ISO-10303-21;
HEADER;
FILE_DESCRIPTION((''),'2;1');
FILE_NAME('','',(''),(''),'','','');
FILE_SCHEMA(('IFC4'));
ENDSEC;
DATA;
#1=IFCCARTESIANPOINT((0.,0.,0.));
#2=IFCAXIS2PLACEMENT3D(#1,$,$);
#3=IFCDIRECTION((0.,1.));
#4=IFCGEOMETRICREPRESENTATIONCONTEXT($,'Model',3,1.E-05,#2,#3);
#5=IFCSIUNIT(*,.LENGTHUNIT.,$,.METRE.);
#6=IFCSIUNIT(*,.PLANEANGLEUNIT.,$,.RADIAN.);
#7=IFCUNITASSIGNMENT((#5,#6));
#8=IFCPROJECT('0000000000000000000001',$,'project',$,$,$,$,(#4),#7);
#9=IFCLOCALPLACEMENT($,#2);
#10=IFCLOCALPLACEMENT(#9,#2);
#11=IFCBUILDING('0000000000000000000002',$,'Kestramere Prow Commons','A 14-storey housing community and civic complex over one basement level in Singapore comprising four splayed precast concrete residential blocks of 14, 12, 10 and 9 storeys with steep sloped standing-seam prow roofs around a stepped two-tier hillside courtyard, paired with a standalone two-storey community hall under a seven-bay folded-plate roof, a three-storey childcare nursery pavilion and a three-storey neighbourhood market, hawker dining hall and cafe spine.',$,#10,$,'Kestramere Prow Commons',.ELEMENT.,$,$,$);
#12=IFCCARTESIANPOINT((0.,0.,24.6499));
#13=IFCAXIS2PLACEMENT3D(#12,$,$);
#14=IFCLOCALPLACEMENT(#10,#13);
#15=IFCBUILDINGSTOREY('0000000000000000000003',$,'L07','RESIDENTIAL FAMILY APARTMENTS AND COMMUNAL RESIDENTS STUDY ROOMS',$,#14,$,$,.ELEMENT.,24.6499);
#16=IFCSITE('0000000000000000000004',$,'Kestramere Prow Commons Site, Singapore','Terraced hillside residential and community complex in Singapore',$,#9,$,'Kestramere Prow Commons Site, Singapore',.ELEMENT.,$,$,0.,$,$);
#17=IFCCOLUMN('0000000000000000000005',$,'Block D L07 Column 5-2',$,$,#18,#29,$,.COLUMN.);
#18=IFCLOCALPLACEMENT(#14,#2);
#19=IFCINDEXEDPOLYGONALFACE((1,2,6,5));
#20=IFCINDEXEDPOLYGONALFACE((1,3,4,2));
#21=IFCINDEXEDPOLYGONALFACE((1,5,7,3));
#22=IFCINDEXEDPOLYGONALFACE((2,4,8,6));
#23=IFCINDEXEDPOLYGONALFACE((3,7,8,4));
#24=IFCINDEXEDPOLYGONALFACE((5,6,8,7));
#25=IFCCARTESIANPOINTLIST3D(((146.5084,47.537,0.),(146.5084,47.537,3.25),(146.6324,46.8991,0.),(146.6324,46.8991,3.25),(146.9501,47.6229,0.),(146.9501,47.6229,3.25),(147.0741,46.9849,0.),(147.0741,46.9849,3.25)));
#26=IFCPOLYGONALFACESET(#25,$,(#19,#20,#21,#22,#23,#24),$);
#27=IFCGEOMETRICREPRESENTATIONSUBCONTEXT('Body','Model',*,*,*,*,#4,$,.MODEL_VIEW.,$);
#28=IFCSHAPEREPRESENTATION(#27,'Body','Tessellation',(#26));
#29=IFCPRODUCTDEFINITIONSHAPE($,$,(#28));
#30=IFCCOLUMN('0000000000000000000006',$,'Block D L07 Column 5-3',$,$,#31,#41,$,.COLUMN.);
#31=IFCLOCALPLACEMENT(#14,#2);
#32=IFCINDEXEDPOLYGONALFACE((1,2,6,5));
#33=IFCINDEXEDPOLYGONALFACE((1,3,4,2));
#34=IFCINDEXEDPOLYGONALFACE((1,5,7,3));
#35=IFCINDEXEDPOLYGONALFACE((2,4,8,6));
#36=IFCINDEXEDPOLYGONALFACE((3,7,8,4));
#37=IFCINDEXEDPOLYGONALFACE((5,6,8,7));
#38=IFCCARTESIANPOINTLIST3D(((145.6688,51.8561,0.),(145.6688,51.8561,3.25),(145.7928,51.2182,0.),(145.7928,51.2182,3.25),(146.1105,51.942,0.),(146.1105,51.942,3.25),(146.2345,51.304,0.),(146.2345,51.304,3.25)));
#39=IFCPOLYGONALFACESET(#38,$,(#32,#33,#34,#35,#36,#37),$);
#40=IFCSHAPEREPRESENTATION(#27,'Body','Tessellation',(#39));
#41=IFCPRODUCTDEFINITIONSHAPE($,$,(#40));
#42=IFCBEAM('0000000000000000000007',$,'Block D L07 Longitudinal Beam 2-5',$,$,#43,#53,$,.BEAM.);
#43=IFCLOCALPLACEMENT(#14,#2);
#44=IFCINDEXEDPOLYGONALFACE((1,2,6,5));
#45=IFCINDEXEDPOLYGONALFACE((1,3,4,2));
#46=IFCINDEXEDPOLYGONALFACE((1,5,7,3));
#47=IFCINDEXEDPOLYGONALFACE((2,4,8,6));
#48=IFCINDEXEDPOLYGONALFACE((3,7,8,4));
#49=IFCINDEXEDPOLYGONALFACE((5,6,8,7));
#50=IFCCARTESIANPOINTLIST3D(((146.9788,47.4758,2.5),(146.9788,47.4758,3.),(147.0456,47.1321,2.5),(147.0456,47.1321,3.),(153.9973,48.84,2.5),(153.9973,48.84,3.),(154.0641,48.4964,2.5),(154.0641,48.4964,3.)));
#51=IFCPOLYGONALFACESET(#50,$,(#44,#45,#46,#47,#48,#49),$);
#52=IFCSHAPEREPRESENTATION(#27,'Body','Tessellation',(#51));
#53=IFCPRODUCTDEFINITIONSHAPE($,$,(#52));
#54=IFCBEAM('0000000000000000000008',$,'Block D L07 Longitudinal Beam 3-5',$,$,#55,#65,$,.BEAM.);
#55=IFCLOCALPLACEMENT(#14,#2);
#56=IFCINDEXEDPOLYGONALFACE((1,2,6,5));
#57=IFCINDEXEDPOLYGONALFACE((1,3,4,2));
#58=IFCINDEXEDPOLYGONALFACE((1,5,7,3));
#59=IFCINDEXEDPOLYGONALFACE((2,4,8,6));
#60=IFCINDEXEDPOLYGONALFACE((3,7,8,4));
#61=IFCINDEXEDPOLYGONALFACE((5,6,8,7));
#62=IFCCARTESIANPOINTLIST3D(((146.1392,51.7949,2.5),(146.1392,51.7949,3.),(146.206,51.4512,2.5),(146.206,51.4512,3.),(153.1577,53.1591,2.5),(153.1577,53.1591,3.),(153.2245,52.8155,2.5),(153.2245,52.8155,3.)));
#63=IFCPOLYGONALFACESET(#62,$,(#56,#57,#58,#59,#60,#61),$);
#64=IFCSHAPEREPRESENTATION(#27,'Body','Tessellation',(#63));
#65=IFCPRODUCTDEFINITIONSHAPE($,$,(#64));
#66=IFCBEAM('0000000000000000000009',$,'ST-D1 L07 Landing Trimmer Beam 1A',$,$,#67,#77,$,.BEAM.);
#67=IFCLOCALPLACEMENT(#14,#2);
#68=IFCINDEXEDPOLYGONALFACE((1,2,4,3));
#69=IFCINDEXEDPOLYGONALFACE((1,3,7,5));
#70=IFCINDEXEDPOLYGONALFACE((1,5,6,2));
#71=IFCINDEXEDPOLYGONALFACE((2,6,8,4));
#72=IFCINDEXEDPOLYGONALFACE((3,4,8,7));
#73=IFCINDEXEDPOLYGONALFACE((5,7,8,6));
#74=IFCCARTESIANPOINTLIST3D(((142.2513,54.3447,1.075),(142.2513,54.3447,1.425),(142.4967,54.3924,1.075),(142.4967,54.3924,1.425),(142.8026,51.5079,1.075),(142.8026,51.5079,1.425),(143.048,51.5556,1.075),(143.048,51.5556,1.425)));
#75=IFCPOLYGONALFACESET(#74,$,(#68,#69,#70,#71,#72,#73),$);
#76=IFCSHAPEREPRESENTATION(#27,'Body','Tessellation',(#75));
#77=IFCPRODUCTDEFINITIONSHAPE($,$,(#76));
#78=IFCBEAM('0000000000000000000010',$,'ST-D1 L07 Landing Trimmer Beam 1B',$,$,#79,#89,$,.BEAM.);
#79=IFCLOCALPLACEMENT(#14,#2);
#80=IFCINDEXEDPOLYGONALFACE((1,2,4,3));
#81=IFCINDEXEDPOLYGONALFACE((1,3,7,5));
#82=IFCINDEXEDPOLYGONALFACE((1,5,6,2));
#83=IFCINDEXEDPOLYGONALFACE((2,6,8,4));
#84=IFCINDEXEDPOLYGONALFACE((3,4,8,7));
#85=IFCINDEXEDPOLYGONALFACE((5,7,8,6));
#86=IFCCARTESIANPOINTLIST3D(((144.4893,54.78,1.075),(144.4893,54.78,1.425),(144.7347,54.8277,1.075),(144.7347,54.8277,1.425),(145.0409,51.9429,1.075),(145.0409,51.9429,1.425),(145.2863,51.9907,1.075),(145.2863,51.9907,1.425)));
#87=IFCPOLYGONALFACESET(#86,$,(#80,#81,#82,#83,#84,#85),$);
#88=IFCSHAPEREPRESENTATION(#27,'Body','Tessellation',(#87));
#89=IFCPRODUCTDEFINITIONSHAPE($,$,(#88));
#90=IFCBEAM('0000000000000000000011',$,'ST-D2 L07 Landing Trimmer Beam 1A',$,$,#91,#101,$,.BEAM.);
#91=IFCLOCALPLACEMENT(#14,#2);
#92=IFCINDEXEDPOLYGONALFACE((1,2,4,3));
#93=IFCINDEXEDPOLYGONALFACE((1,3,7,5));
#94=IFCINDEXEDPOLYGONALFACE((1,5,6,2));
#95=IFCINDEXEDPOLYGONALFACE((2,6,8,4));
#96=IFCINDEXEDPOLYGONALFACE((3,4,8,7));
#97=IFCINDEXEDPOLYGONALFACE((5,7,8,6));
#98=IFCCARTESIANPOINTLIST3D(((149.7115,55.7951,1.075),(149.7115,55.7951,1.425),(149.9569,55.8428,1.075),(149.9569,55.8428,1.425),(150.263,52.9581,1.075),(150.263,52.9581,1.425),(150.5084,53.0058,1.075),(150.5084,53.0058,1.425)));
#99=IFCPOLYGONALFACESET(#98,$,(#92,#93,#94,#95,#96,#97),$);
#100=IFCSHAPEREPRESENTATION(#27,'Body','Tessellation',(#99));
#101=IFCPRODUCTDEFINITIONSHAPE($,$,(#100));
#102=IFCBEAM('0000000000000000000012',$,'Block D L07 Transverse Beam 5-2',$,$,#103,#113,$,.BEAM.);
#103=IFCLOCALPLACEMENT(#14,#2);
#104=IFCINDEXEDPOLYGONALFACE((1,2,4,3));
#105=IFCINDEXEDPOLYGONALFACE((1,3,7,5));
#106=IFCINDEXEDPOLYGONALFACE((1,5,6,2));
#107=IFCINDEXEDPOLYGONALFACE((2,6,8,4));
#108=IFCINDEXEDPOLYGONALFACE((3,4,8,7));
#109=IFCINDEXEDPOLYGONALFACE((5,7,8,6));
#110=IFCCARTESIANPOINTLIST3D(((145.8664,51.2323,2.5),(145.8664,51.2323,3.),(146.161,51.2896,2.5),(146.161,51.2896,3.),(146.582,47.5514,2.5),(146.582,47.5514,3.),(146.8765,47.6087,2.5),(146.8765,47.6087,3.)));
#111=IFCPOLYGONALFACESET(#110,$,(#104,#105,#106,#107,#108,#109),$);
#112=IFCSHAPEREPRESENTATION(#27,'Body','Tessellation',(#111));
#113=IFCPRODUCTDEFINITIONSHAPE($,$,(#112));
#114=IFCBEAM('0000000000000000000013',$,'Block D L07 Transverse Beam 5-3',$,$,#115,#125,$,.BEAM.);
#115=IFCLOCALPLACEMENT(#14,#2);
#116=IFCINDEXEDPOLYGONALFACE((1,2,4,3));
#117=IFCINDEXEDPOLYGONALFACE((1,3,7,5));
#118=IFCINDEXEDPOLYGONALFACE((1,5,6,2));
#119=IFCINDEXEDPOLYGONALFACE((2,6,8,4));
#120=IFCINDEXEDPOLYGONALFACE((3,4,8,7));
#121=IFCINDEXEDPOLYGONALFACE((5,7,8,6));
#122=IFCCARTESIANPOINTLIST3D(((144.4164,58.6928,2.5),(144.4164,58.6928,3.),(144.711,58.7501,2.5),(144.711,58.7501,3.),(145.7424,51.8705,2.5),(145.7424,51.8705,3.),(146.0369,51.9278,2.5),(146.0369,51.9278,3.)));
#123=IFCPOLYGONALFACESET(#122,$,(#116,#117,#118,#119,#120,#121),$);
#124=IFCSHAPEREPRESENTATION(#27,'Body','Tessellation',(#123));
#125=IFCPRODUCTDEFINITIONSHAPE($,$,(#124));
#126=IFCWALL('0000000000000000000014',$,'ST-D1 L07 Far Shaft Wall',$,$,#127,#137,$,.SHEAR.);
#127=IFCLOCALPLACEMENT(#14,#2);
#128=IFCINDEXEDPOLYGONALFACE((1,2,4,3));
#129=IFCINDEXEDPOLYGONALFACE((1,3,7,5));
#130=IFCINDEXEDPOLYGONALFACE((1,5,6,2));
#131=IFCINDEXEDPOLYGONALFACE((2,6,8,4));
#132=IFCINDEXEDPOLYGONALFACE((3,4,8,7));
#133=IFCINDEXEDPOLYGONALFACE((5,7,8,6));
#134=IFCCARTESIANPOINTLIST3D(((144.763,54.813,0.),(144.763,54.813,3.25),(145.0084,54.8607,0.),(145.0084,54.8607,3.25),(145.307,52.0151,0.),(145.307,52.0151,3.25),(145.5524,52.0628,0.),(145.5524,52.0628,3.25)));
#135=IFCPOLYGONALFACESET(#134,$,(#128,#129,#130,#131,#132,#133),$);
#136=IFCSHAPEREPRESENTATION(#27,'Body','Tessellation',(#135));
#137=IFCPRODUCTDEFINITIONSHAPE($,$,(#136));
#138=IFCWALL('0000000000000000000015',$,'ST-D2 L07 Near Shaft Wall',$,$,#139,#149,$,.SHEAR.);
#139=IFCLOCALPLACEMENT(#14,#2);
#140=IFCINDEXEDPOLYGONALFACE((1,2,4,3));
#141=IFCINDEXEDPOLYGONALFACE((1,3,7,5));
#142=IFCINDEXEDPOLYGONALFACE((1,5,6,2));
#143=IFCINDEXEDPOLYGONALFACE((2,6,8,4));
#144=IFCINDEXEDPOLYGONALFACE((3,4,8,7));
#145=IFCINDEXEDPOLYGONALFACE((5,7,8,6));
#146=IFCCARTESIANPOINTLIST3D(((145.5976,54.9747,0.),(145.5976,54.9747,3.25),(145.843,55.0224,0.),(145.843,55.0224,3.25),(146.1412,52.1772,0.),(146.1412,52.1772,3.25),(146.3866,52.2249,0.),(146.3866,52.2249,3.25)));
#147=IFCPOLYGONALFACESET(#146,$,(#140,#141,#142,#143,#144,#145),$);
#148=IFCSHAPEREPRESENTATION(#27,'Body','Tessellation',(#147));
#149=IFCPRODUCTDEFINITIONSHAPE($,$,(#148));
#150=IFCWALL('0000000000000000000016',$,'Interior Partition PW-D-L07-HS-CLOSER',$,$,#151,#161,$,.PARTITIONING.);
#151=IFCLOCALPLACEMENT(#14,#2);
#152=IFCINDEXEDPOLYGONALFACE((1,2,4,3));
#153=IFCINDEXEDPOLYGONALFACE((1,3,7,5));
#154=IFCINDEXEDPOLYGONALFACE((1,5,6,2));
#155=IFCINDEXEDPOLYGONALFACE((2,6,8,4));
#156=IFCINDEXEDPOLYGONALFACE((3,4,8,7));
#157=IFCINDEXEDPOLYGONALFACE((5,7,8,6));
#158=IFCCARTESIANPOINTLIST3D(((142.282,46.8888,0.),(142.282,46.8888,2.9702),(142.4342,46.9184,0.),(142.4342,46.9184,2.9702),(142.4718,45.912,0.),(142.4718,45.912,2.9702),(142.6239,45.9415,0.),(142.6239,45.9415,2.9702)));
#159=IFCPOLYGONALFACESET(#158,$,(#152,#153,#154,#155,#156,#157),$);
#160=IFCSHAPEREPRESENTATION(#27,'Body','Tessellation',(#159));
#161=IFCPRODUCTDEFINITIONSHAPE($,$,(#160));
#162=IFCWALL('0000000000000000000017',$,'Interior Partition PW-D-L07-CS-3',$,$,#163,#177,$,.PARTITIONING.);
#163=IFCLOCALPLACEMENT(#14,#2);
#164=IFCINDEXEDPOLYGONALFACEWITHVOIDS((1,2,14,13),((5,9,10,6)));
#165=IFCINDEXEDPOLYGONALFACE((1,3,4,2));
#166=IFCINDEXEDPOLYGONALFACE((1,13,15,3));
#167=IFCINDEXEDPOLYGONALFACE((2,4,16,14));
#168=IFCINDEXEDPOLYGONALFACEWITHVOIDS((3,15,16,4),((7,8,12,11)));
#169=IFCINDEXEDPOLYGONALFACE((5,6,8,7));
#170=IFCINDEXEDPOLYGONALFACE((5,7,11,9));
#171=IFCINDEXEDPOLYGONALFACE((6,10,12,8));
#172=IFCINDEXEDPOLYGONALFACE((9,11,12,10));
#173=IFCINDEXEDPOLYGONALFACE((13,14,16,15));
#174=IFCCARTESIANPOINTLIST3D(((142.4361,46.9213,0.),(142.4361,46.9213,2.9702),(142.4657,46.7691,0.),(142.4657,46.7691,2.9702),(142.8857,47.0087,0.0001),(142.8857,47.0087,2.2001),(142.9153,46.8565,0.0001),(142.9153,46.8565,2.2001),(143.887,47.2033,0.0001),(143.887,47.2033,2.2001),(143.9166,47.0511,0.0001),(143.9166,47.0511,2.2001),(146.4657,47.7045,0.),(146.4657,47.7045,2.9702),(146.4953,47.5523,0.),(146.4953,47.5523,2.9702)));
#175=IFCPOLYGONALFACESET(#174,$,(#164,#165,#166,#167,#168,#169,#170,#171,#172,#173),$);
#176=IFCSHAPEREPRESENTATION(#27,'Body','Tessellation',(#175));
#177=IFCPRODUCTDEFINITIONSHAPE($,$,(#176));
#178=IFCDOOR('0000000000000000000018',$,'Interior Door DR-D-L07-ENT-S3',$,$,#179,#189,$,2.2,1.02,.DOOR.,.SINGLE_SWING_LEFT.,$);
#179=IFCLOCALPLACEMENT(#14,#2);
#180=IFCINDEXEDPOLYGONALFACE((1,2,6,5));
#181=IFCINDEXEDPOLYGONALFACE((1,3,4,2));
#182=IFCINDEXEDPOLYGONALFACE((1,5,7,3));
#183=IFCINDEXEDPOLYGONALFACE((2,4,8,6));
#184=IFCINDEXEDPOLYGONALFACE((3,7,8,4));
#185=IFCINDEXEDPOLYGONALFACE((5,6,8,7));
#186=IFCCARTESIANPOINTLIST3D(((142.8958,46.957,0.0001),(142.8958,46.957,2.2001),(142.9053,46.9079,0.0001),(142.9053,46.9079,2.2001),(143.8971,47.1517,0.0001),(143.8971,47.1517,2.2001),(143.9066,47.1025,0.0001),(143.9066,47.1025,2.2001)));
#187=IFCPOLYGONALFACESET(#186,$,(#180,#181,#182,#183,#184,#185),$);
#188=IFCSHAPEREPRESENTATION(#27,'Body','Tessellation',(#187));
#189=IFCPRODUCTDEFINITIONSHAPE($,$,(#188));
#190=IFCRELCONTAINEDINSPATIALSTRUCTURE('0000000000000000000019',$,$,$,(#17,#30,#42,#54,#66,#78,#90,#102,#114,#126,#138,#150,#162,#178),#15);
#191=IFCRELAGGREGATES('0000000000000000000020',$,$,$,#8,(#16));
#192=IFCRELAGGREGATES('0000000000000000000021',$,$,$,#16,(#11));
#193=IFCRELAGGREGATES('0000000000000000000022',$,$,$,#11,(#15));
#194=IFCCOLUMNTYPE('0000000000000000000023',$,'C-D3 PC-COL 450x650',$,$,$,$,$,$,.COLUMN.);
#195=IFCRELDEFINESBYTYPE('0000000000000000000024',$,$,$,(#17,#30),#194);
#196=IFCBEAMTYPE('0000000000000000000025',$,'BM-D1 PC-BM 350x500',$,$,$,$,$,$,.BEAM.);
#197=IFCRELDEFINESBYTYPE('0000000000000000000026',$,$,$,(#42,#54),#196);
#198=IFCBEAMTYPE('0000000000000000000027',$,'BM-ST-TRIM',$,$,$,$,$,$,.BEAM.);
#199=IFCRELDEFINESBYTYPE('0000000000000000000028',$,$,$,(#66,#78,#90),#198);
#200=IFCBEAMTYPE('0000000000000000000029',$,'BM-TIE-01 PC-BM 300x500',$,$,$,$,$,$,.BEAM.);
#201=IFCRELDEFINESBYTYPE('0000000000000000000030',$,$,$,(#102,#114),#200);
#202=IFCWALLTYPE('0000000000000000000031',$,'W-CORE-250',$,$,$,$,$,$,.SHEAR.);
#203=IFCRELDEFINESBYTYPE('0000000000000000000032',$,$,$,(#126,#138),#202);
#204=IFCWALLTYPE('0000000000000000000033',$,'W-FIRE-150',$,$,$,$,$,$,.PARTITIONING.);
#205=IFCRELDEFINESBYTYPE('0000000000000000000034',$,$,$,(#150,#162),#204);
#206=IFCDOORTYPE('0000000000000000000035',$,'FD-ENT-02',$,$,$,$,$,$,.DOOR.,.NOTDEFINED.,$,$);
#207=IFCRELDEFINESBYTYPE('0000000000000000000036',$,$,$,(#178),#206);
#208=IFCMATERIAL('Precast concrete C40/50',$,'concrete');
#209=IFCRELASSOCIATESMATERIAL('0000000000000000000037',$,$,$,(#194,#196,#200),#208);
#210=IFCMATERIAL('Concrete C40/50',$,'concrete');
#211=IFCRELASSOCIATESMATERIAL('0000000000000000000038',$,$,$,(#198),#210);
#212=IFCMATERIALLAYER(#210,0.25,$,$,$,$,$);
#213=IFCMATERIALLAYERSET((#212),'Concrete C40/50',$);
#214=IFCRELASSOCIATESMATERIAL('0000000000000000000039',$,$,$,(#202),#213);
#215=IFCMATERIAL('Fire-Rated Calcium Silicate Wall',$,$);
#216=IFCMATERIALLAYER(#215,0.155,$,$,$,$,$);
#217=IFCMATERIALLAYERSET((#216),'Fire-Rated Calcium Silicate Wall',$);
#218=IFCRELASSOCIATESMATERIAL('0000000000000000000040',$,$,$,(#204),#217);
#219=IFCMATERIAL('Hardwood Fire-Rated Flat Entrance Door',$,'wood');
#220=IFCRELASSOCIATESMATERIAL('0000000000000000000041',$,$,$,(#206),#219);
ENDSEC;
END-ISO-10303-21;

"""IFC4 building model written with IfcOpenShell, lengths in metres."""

from ifc_helpers import new_model, si_unit, direction, frame, frame_2d, origin, origin_2d, place, context, subcontext, project, spatial, rectangle, extrude, material, layer, layer_set, material_profile, profile_set, type_object, element, fill, save


model = new_model("IFC4")

# Units and contexts
model_context = context("Model", 3, precision=1e-05, world=origin(), true_north=direction((0.0, 1.0)))
body_context = subcontext(model_context, "Body", "Model", "MODEL_VIEW")
ifc_project = project(units=[si_unit("LENGTHUNIT", "METRE"), si_unit("PLANEANGLEUNIT", "RADIAN")], contexts=[model_context])

# Site, building, storey
site_placement = place(None, origin())
site = spatial("IfcSite", under=ifc_project, at=site_placement, Name="Kestramere Prow Commons Site, Singapore", Description="Terraced hillside residential and community complex in Singapore", LongName="Kestramere Prow Commons Site, Singapore", CompositionType="ELEMENT", RefElevation=0.0)
building_placement = place(site_placement, origin())
building = spatial("IfcBuilding", under=site, at=building_placement, Name="Kestramere Prow Commons", Description="A 14-storey housing community and civic complex over one basement level in Singapore comprising four splayed precast concrete residential blocks of 14, 12, 10 and 9 storeys with steep sloped standing-seam prow roofs around a stepped two-tier hillside courtyard, paired with a standalone two-storey community hall under a seven-bay folded-plate roof, a three-storey childcare nursery pavilion and a three-storey neighbourhood market, hawker dining hall and cafe spine.", LongName="Kestramere Prow Commons", CompositionType="ELEMENT")
storey_placement = place(building_placement, frame((0.0, 0.0, 24.6499)))
storey = spatial("IfcBuildingStorey", under=building, at=storey_placement, Name="L07", Description="RESIDENTIAL FAMILY APARTMENTS AND COMMUNAL RESIDENTS STUDY ROOMS", CompositionType="ELEMENT", Elevation=24.6499)

# Columns
ifc_material_1 = material(Name="Precast concrete C40/50", Category="concrete")
ifc_material_profile_1 = material_profile(ifc_material_1, rectangle(XDim=0.45, YDim=0.6499, at=origin_2d()), Name="PC-COL 450x650")
ifc_profile_set_1 = profile_set([ifc_material_profile_1], Name="Precast concrete C40/50")
column_type = type_object("IfcColumnType", Name="C-D3 PC-COL 450x650", PredefinedType="COLUMN", material=ifc_profile_set_1)
for number, where, z_axis, x_axis, name in (
    (1, (146.7913, 47.261, 0.0), (0.0, 0.0, 1.0), (0.981627, 0.190809, 0.0), "Block D L07 Column 5-2"),
    (2, (145.9517, 51.5801, 0.0), (0.0, 0.0, 1.0), (0.981627, 0.190809, 0.0), "Block D L07 Column 5-3"),
):
    element("IfcColumn", number, at=place(storey_placement, frame(where, z_axis=z_axis, x_axis=x_axis)), inside=storey, type_object=column_type, Name=name, PredefinedType="COLUMN", context=body_context, shape_type="SweptSolid", body=[
        extrude(rectangle(XDim=0.45, YDim=0.6499, at=origin_2d()), origin(), (0.0, 0.0, 1.0), 3.25),
    ])

# Beams
ifc_material_profile_2 = material_profile(ifc_material_1, rectangle(XDim=0.3501, YDim=0.5, at=origin_2d()), Name="PC-BM 350x500")
ifc_profile_set_2 = profile_set([ifc_material_profile_2], Name="Precast concrete C40/50")
beam_type_1 = type_object("IfcBeamType", Name="BM-D1 PC-BM 350x500", PredefinedType="BEAM", material=ifc_profile_set_2)
for number, where, z_axis, x_axis, name in (
    (3, (147.0122, 47.304, 2.75), (0.981627, 0.190808, 0.0), (-0.190808, 0.981627, 0.0), "Block D L07 Longitudinal Beam 2-5"),
    (4, (146.1726, 51.623, 2.75), (0.981627, 0.190808, 0.0), (-0.190808, 0.981627, 0.0), "Block D L07 Longitudinal Beam 3-5"),
):
    element("IfcBeam", number, at=place(storey_placement, frame(where, z_axis=z_axis, x_axis=x_axis)), inside=storey, type_object=beam_type_1, Name=name, PredefinedType="BEAM", context=body_context, shape_type="SweptSolid", body=[
        extrude(rectangle(XDim=0.3501, YDim=0.5, at=origin_2d()), origin(), (0.0, 0.0, 1.0), 7.1499),
    ])
ifc_material_2 = material(Name="Concrete C40/50", Category="concrete")
ifc_material_profile_3 = material_profile(ifc_material_2, rectangle(XDim=0.25, YDim=0.3501, at=origin_2d()), Name="PC-BM 250x350")
ifc_profile_set_3 = profile_set([ifc_material_profile_3], Name="Concrete C40/50")
beam_type_2 = type_object("IfcBeamType", Name="BM-ST-TRIM", PredefinedType="BEAM", material=ifc_profile_set_3)
beam_1_placement = place(storey_placement, frame((142.9253, 51.5317, 1.25), z_axis=(-0.190752, 0.981638, 0.0), x_axis=(-0.981638, -0.190752, 0.0)))
element("IfcBeam", 5, at=beam_1_placement, inside=storey, type_object=beam_type_2, Name="ST-D1 L07 Landing Trimmer Beam 1A", PredefinedType="BEAM", context=body_context, shape_type="SweptSolid", body=[
    extrude(rectangle(XDim=0.25, YDim=0.3501, at=origin_2d()), origin(), (0.0, 0.0, 1.0), 2.8899),
])
for number, where, z_axis, x_axis, name in (
    (6, (145.1636, 51.9668, 1.25), (-0.190833, 0.981622, 0.0), (-0.981622, -0.190833, 0.0), "ST-D1 L07 Landing Trimmer Beam 1B"),
    (7, (150.3857, 52.9819, 1.25), (-0.190833, 0.981622, 0.0), (-0.981622, -0.190833, 0.0), "ST-D2 L07 Landing Trimmer Beam 1A"),
):
    element("IfcBeam", number, at=place(storey_placement, frame(where, z_axis=z_axis, x_axis=x_axis)), inside=storey, type_object=beam_type_2, Name=name, PredefinedType="BEAM", context=body_context, shape_type="SweptSolid", body=[
        extrude(rectangle(XDim=0.25, YDim=0.3501, at=origin_2d()), origin(), (0.0, 0.0, 1.0), 2.8901),
    ])
ifc_material_profile_4 = material_profile(ifc_material_1, rectangle(XDim=0.3, YDim=0.5, at=origin_2d()), Name="PC-BM 300x500")
ifc_profile_set_4 = profile_set([ifc_material_profile_4], Name="Precast concrete C40/50")
beam_type_3 = type_object("IfcBeamType", Name="BM-TIE-01 PC-BM 300x500", PredefinedType="BEAM", material=ifc_profile_set_4)
beam_2_placement = place(storey_placement, frame((146.7292, 47.5801, 2.75), z_axis=(-0.19083, 0.981623, 0.0), x_axis=(-0.981623, -0.19083, 0.0)))
element("IfcBeam", 8, at=beam_2_placement, inside=storey, type_object=beam_type_3, Name="Block D L07 Transverse Beam 5-2", PredefinedType="BEAM", context=body_context, shape_type="SweptSolid", body=[
    extrude(rectangle(XDim=0.3, YDim=0.5, at=origin_2d()), origin(), (0.0, 0.0, 1.0), 3.7498),
])
beam_3_placement = place(storey_placement, frame((145.8896, 51.8992, 2.75), z_axis=(-0.190783, 0.981632, 0.0), x_axis=(-0.981632, -0.190783, 0.0)))
element("IfcBeam", 9, at=beam_3_placement, inside=storey, type_object=beam_type_3, Name="Block D L07 Transverse Beam 5-3", PredefinedType="BEAM", context=body_context, shape_type="SweptSolid", body=[
    extrude(rectangle(XDim=0.3, YDim=0.5, at=origin_2d()), origin(), (0.0, 0.0, 1.0), 6.95),
])

# Wall
ifc_layer_1 = layer(ifc_material_2, 0.25)
ifc_layer_set_1 = layer_set([ifc_layer_1], Name="Concrete C40/50")
wall_type_1 = type_object("IfcWallType", Name="W-CORE-250", PredefinedType="SHEAR", material=ifc_layer_set_1)
wall_1_placement = place(storey_placement, frame((145.4297, 52.0388, 0.0), z_axis=(0.0, 0.0, 1.0), x_axis=(-0.190842, 0.981621, 0.0)))
element("IfcWall", 10, at=wall_1_placement, inside=storey, type_object=wall_type_1, Name="ST-D1 L07 Far Shaft Wall", PredefinedType="SHEAR", context=body_context, shape_type="SweptSolid", body=[
    extrude(rectangle(XDim=2.8503, YDim=0.25, at=frame_2d((1.4253, 0.0))), origin(), (0.0, 0.0, 1.0), 3.25),
])

# Walls
wall_2_placement = place(storey_placement, frame((146.2639, 52.2012, 0.0), z_axis=(0.0, 0.0, 1.0), x_axis=(-0.190776, 0.981634, 0.0)))
element("IfcWall", 11, at=wall_2_placement, inside=storey, type_object=wall_type_1, Name="ST-D2 L07 Near Shaft Wall", PredefinedType="SHEAR", context=body_context, shape_type="SweptSolid", body=[
    extrude(rectangle(XDim=2.8499, YDim=0.25, at=frame_2d((1.4248, 0.0))), origin(), (0.0, 0.0, 1.0), 3.25),
])
ifc_material_3 = material(Name="Fire-Rated Calcium Silicate Wall")
ifc_layer_2 = layer(ifc_material_3, 0.155)
ifc_layer_set_2 = layer_set([ifc_layer_2], Name="Fire-Rated Calcium Silicate Wall")
wall_type_2 = type_object("IfcWallType", Name="W-FIRE-150", PredefinedType="PARTITIONING", material=ifc_layer_set_2)
wall_3_placement = place(storey_placement, frame((142.5479, 45.9268, 0.0), z_axis=(0.0, 0.0, 1.0), x_axis=(-0.19064, 0.98166, 0.0)))
element("IfcWall", 12, at=wall_3_placement, inside=storey, type_object=wall_type_2, Name="Interior Partition PW-D-L07-HS-CLOSER", PredefinedType="PARTITIONING", context=body_context, shape_type="SweptSolid", body=[
    extrude(rectangle(XDim=0.9951, YDim=0.155, at=frame_2d((0.4976, 0.0))), origin(), (0.0, 0.0, 1.0), 2.9702),
])

# Wall, opening, door
wall_4_placement = place(storey_placement, frame((142.4509, 46.8452, 0.0), z_axis=(0.0, 0.0, 1.0), x_axis=(0.98163, 0.190795, 0.0)))
wall_4 = element("IfcWall", 13, at=wall_4_placement, inside=storey, type_object=wall_type_2, Name="Interior Partition PW-D-L07-CS-3", PredefinedType="PARTITIONING", context=body_context, shape_type="SweptSolid", body=[
    extrude(rectangle(XDim=4.105, YDim=0.155, at=frame_2d((2.0525, 0.0))), origin(), (0.0, 0.0, 1.0), 2.9702),
])
opening_1_placement = place(wall_4_placement, frame((0.458, 0.0, 0.0)))
opening_1 = element("IfcOpeningElement", 14, at=opening_1_placement, cuts=wall_4, PredefinedType="OPENING", context=body_context, shape_type="SweptSolid", body=[
    extrude(rectangle(XDim=1.02, YDim=2.2, at=frame_2d((0.51, 1.1001))), frame((0.0, 0.0925, 0.0), z_axis=(0.0, -1.0, 0.0), x_axis=(1.0, 0.0, 0.0)), (0.0, 0.0, 1.0), 0.1851),
])
ifc_material_4 = material(Name="Hardwood Fire-Rated Flat Entrance Door", Category="wood")
door_type_1 = type_object("IfcDoorType", Name="FD-ENT-02", OperationType="NOTDEFINED", PredefinedType="DOOR", material=ifc_material_4)
door_1_placement = place(opening_1_placement, origin())
door_1 = element("IfcDoor", 15, at=door_1_placement, inside=storey, type_object=door_type_1, Name="Interior Door DR-D-L07-ENT-S3", OperationType="SINGLE_SWING_LEFT", OverallHeight=2.2, OverallWidth=1.02, PredefinedType="DOOR", context=body_context, shape_type="SweptSolid", body=[
    extrude(rectangle(XDim=1.02, YDim=2.2, at=frame_2d((0.51, 1.1001))), frame((0.0, 0.0249, 0.0), z_axis=(0.0, -1.0, 0.0), x_axis=(1.0, 0.0, 0.0)), (0.0, 0.0, 1.0), 0.05),
])
fill(opening_1, door_1)

save(model, "model.ifc")
